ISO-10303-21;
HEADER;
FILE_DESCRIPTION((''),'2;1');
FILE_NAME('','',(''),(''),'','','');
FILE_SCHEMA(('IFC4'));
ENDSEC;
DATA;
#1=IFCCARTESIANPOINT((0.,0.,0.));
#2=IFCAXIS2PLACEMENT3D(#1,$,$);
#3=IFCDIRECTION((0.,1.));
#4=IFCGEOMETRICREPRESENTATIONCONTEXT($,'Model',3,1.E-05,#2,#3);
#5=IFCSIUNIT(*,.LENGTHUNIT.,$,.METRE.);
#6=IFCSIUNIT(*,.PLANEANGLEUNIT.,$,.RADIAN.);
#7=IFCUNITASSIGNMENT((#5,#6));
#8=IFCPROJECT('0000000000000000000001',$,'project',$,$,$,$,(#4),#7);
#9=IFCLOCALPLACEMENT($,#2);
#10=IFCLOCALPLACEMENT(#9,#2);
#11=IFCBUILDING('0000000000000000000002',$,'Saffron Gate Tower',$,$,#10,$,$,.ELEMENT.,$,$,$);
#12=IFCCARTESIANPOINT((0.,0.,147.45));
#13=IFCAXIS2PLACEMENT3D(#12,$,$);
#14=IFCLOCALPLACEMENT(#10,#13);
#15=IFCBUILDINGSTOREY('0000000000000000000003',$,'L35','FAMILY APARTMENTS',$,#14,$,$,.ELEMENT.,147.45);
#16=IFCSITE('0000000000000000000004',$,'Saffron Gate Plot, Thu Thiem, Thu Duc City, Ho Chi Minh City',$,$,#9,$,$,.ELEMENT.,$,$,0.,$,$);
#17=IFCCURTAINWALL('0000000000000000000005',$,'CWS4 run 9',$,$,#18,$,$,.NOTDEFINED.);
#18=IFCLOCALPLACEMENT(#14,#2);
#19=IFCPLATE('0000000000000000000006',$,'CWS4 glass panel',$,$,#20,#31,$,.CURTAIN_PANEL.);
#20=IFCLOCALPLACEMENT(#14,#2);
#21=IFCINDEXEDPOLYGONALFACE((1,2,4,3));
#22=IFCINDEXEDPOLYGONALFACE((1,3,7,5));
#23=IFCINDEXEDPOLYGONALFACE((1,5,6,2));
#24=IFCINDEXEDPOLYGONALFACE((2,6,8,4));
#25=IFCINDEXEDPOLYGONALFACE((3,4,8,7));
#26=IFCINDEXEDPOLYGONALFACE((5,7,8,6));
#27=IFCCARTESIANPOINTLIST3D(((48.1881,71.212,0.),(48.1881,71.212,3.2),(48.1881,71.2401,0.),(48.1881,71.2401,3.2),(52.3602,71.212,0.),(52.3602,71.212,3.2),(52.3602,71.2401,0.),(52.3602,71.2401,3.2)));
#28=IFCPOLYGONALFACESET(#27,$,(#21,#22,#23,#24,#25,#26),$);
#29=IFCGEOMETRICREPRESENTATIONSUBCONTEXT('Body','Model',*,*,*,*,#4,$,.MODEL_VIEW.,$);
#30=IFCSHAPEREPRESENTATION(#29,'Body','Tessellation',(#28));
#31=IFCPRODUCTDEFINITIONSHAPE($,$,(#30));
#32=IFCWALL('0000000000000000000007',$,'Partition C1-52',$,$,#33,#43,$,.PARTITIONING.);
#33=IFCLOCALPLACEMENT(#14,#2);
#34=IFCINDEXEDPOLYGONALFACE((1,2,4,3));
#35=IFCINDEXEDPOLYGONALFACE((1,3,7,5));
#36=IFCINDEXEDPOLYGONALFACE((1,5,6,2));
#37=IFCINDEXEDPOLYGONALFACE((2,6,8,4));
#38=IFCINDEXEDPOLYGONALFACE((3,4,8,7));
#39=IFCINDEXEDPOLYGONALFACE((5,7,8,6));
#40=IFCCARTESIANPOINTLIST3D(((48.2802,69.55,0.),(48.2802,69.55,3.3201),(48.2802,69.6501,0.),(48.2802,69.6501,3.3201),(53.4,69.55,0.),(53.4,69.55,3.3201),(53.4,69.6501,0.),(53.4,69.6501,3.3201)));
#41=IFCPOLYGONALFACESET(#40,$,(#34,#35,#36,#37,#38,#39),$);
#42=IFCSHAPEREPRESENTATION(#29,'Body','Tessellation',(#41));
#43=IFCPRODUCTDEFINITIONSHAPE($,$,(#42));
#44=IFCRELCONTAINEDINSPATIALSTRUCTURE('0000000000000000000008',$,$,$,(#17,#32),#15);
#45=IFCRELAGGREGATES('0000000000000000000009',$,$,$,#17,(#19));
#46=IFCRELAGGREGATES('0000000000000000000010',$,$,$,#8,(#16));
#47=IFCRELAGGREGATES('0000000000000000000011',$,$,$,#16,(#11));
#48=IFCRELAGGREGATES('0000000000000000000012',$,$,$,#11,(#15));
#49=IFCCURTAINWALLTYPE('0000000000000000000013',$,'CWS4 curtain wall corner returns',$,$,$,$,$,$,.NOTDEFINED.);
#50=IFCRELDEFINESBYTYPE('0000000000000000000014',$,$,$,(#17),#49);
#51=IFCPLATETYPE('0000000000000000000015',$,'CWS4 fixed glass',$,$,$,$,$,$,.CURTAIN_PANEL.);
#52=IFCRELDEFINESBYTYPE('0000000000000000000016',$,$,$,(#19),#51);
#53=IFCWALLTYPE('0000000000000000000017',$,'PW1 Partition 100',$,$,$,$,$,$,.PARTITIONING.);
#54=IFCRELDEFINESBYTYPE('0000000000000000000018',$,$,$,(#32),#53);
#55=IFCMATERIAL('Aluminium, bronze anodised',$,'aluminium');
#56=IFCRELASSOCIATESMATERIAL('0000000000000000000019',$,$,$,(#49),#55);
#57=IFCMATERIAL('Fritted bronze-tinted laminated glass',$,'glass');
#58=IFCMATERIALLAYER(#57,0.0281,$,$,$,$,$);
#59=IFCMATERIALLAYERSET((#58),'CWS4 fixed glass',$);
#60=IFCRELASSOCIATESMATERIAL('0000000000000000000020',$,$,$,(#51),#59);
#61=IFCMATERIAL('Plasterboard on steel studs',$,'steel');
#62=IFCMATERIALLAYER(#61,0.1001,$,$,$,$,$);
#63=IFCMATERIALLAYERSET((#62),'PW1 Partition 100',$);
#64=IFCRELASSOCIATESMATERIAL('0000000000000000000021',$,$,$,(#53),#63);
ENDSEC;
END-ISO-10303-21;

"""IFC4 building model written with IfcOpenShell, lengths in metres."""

from ifc_helpers import new_model, si_unit, direction, frame, frame_2d, origin, place, context, subcontext, project, spatial, rectangle, extrude, material, layer, layer_set, type_object, element, aggregate, save


model = new_model("IFC4")

# Units and contexts
model_context = context("Model", 3, precision=1e-05, world=origin(), true_north=direction((0.0, 1.0)))
body_context = subcontext(model_context, "Body", "Model", "MODEL_VIEW")
ifc_project = project(units=[si_unit("LENGTHUNIT", "METRE"), si_unit("PLANEANGLEUNIT", "RADIAN")], contexts=[model_context])

# Site, building, storey
site_placement = place(None, origin())
site = spatial("IfcSite", under=ifc_project, at=site_placement, Name="Saffron Gate Plot, Thu Thiem, Thu Duc City, Ho Chi Minh City", CompositionType="ELEMENT", RefElevation=0.0)
building_placement = place(site_placement, origin())
building = spatial("IfcBuilding", under=site, at=building_placement, Name="Saffron Gate Tower", CompositionType="ELEMENT")
storey_placement = place(building_placement, frame((0.0, 0.0, 147.45)))
storey = spatial("IfcBuildingStorey", under=building, at=storey_placement, Name="L35", Description="FAMILY APARTMENTS", CompositionType="ELEMENT", Elevation=147.45)

# Shared definitions
ifc_material_1 = material(Name="Aluminium, bronze anodised", Category="aluminium")
curtain_wall_type_1 = type_object("IfcCurtainWallType", Name="CWS4 curtain wall corner returns", PredefinedType="NOTDEFINED", material=ifc_material_1)

# Curtain wall
curtain_wall_1_placement = place(storey_placement, origin())
curtain_wall_1 = element("IfcCurtainWall", 1, at=curtain_wall_1_placement, inside=storey, type_object=curtain_wall_type_1, Name="CWS4 run 9", PredefinedType="NOTDEFINED")

# Shared definitions
ifc_material_2 = material(Name="Fritted bronze-tinted laminated glass", Category="glass")

# Plate
ifc_layer_1 = layer(ifc_material_2, 0.0281)
ifc_layer_set_1 = layer_set([ifc_layer_1], Name="CWS4 fixed glass")
plate_type_1 = type_object("IfcPlateType", Name="CWS4 fixed glass", PredefinedType="CURTAIN_PANEL", material=ifc_layer_set_1)
plate_1_placement = place(storey_placement, frame((52.3601, 71.2261, 0.0), z_axis=(0.0, 0.0, 1.0), x_axis=(-1.0, 0.0, 0.0)))
plate_1 = element("IfcPlate", 2, at=plate_1_placement, type_object=plate_type_1, Name="CWS4 glass panel", PredefinedType="CURTAIN_PANEL", context=body_context, shape_type="SweptSolid", body=[
    extrude(rectangle(XDim=4.1721, YDim=0.0281, at=frame_2d((2.0859, 0.0))), origin(), (0.0, 0.0, 1.0), 3.2),
])
aggregate(curtain_wall_1, [plate_1])

# Wall
ifc_material_3 = material(Name="Plasterboard on steel studs", Category="steel")
ifc_layer_2 = layer(ifc_material_3, 0.1001)
ifc_layer_set_2 = layer_set([ifc_layer_2], Name="PW1 Partition 100")
wall_type = type_object("IfcWallType", Name="PW1 Partition 100", PredefinedType="PARTITIONING", material=ifc_layer_set_2)
wall_placement = place(storey_placement, frame((48.28, 69.6001, 0.0), z_axis=(0.0, 0.0, 1.0), x_axis=(1.0, 0.0, 0.0)))
element("IfcWall", 3, at=wall_placement, inside=storey, type_object=wall_type, Name="Partition C1-52", PredefinedType="PARTITIONING", context=body_context, shape_type="SweptSolid", body=[
    extrude(rectangle(XDim=5.1199, YDim=0.1001, at=frame_2d((2.5601, 0.0))), origin(), (0.0, 0.0, 1.0), 3.3201),
])

save(model, "model.ifc")
